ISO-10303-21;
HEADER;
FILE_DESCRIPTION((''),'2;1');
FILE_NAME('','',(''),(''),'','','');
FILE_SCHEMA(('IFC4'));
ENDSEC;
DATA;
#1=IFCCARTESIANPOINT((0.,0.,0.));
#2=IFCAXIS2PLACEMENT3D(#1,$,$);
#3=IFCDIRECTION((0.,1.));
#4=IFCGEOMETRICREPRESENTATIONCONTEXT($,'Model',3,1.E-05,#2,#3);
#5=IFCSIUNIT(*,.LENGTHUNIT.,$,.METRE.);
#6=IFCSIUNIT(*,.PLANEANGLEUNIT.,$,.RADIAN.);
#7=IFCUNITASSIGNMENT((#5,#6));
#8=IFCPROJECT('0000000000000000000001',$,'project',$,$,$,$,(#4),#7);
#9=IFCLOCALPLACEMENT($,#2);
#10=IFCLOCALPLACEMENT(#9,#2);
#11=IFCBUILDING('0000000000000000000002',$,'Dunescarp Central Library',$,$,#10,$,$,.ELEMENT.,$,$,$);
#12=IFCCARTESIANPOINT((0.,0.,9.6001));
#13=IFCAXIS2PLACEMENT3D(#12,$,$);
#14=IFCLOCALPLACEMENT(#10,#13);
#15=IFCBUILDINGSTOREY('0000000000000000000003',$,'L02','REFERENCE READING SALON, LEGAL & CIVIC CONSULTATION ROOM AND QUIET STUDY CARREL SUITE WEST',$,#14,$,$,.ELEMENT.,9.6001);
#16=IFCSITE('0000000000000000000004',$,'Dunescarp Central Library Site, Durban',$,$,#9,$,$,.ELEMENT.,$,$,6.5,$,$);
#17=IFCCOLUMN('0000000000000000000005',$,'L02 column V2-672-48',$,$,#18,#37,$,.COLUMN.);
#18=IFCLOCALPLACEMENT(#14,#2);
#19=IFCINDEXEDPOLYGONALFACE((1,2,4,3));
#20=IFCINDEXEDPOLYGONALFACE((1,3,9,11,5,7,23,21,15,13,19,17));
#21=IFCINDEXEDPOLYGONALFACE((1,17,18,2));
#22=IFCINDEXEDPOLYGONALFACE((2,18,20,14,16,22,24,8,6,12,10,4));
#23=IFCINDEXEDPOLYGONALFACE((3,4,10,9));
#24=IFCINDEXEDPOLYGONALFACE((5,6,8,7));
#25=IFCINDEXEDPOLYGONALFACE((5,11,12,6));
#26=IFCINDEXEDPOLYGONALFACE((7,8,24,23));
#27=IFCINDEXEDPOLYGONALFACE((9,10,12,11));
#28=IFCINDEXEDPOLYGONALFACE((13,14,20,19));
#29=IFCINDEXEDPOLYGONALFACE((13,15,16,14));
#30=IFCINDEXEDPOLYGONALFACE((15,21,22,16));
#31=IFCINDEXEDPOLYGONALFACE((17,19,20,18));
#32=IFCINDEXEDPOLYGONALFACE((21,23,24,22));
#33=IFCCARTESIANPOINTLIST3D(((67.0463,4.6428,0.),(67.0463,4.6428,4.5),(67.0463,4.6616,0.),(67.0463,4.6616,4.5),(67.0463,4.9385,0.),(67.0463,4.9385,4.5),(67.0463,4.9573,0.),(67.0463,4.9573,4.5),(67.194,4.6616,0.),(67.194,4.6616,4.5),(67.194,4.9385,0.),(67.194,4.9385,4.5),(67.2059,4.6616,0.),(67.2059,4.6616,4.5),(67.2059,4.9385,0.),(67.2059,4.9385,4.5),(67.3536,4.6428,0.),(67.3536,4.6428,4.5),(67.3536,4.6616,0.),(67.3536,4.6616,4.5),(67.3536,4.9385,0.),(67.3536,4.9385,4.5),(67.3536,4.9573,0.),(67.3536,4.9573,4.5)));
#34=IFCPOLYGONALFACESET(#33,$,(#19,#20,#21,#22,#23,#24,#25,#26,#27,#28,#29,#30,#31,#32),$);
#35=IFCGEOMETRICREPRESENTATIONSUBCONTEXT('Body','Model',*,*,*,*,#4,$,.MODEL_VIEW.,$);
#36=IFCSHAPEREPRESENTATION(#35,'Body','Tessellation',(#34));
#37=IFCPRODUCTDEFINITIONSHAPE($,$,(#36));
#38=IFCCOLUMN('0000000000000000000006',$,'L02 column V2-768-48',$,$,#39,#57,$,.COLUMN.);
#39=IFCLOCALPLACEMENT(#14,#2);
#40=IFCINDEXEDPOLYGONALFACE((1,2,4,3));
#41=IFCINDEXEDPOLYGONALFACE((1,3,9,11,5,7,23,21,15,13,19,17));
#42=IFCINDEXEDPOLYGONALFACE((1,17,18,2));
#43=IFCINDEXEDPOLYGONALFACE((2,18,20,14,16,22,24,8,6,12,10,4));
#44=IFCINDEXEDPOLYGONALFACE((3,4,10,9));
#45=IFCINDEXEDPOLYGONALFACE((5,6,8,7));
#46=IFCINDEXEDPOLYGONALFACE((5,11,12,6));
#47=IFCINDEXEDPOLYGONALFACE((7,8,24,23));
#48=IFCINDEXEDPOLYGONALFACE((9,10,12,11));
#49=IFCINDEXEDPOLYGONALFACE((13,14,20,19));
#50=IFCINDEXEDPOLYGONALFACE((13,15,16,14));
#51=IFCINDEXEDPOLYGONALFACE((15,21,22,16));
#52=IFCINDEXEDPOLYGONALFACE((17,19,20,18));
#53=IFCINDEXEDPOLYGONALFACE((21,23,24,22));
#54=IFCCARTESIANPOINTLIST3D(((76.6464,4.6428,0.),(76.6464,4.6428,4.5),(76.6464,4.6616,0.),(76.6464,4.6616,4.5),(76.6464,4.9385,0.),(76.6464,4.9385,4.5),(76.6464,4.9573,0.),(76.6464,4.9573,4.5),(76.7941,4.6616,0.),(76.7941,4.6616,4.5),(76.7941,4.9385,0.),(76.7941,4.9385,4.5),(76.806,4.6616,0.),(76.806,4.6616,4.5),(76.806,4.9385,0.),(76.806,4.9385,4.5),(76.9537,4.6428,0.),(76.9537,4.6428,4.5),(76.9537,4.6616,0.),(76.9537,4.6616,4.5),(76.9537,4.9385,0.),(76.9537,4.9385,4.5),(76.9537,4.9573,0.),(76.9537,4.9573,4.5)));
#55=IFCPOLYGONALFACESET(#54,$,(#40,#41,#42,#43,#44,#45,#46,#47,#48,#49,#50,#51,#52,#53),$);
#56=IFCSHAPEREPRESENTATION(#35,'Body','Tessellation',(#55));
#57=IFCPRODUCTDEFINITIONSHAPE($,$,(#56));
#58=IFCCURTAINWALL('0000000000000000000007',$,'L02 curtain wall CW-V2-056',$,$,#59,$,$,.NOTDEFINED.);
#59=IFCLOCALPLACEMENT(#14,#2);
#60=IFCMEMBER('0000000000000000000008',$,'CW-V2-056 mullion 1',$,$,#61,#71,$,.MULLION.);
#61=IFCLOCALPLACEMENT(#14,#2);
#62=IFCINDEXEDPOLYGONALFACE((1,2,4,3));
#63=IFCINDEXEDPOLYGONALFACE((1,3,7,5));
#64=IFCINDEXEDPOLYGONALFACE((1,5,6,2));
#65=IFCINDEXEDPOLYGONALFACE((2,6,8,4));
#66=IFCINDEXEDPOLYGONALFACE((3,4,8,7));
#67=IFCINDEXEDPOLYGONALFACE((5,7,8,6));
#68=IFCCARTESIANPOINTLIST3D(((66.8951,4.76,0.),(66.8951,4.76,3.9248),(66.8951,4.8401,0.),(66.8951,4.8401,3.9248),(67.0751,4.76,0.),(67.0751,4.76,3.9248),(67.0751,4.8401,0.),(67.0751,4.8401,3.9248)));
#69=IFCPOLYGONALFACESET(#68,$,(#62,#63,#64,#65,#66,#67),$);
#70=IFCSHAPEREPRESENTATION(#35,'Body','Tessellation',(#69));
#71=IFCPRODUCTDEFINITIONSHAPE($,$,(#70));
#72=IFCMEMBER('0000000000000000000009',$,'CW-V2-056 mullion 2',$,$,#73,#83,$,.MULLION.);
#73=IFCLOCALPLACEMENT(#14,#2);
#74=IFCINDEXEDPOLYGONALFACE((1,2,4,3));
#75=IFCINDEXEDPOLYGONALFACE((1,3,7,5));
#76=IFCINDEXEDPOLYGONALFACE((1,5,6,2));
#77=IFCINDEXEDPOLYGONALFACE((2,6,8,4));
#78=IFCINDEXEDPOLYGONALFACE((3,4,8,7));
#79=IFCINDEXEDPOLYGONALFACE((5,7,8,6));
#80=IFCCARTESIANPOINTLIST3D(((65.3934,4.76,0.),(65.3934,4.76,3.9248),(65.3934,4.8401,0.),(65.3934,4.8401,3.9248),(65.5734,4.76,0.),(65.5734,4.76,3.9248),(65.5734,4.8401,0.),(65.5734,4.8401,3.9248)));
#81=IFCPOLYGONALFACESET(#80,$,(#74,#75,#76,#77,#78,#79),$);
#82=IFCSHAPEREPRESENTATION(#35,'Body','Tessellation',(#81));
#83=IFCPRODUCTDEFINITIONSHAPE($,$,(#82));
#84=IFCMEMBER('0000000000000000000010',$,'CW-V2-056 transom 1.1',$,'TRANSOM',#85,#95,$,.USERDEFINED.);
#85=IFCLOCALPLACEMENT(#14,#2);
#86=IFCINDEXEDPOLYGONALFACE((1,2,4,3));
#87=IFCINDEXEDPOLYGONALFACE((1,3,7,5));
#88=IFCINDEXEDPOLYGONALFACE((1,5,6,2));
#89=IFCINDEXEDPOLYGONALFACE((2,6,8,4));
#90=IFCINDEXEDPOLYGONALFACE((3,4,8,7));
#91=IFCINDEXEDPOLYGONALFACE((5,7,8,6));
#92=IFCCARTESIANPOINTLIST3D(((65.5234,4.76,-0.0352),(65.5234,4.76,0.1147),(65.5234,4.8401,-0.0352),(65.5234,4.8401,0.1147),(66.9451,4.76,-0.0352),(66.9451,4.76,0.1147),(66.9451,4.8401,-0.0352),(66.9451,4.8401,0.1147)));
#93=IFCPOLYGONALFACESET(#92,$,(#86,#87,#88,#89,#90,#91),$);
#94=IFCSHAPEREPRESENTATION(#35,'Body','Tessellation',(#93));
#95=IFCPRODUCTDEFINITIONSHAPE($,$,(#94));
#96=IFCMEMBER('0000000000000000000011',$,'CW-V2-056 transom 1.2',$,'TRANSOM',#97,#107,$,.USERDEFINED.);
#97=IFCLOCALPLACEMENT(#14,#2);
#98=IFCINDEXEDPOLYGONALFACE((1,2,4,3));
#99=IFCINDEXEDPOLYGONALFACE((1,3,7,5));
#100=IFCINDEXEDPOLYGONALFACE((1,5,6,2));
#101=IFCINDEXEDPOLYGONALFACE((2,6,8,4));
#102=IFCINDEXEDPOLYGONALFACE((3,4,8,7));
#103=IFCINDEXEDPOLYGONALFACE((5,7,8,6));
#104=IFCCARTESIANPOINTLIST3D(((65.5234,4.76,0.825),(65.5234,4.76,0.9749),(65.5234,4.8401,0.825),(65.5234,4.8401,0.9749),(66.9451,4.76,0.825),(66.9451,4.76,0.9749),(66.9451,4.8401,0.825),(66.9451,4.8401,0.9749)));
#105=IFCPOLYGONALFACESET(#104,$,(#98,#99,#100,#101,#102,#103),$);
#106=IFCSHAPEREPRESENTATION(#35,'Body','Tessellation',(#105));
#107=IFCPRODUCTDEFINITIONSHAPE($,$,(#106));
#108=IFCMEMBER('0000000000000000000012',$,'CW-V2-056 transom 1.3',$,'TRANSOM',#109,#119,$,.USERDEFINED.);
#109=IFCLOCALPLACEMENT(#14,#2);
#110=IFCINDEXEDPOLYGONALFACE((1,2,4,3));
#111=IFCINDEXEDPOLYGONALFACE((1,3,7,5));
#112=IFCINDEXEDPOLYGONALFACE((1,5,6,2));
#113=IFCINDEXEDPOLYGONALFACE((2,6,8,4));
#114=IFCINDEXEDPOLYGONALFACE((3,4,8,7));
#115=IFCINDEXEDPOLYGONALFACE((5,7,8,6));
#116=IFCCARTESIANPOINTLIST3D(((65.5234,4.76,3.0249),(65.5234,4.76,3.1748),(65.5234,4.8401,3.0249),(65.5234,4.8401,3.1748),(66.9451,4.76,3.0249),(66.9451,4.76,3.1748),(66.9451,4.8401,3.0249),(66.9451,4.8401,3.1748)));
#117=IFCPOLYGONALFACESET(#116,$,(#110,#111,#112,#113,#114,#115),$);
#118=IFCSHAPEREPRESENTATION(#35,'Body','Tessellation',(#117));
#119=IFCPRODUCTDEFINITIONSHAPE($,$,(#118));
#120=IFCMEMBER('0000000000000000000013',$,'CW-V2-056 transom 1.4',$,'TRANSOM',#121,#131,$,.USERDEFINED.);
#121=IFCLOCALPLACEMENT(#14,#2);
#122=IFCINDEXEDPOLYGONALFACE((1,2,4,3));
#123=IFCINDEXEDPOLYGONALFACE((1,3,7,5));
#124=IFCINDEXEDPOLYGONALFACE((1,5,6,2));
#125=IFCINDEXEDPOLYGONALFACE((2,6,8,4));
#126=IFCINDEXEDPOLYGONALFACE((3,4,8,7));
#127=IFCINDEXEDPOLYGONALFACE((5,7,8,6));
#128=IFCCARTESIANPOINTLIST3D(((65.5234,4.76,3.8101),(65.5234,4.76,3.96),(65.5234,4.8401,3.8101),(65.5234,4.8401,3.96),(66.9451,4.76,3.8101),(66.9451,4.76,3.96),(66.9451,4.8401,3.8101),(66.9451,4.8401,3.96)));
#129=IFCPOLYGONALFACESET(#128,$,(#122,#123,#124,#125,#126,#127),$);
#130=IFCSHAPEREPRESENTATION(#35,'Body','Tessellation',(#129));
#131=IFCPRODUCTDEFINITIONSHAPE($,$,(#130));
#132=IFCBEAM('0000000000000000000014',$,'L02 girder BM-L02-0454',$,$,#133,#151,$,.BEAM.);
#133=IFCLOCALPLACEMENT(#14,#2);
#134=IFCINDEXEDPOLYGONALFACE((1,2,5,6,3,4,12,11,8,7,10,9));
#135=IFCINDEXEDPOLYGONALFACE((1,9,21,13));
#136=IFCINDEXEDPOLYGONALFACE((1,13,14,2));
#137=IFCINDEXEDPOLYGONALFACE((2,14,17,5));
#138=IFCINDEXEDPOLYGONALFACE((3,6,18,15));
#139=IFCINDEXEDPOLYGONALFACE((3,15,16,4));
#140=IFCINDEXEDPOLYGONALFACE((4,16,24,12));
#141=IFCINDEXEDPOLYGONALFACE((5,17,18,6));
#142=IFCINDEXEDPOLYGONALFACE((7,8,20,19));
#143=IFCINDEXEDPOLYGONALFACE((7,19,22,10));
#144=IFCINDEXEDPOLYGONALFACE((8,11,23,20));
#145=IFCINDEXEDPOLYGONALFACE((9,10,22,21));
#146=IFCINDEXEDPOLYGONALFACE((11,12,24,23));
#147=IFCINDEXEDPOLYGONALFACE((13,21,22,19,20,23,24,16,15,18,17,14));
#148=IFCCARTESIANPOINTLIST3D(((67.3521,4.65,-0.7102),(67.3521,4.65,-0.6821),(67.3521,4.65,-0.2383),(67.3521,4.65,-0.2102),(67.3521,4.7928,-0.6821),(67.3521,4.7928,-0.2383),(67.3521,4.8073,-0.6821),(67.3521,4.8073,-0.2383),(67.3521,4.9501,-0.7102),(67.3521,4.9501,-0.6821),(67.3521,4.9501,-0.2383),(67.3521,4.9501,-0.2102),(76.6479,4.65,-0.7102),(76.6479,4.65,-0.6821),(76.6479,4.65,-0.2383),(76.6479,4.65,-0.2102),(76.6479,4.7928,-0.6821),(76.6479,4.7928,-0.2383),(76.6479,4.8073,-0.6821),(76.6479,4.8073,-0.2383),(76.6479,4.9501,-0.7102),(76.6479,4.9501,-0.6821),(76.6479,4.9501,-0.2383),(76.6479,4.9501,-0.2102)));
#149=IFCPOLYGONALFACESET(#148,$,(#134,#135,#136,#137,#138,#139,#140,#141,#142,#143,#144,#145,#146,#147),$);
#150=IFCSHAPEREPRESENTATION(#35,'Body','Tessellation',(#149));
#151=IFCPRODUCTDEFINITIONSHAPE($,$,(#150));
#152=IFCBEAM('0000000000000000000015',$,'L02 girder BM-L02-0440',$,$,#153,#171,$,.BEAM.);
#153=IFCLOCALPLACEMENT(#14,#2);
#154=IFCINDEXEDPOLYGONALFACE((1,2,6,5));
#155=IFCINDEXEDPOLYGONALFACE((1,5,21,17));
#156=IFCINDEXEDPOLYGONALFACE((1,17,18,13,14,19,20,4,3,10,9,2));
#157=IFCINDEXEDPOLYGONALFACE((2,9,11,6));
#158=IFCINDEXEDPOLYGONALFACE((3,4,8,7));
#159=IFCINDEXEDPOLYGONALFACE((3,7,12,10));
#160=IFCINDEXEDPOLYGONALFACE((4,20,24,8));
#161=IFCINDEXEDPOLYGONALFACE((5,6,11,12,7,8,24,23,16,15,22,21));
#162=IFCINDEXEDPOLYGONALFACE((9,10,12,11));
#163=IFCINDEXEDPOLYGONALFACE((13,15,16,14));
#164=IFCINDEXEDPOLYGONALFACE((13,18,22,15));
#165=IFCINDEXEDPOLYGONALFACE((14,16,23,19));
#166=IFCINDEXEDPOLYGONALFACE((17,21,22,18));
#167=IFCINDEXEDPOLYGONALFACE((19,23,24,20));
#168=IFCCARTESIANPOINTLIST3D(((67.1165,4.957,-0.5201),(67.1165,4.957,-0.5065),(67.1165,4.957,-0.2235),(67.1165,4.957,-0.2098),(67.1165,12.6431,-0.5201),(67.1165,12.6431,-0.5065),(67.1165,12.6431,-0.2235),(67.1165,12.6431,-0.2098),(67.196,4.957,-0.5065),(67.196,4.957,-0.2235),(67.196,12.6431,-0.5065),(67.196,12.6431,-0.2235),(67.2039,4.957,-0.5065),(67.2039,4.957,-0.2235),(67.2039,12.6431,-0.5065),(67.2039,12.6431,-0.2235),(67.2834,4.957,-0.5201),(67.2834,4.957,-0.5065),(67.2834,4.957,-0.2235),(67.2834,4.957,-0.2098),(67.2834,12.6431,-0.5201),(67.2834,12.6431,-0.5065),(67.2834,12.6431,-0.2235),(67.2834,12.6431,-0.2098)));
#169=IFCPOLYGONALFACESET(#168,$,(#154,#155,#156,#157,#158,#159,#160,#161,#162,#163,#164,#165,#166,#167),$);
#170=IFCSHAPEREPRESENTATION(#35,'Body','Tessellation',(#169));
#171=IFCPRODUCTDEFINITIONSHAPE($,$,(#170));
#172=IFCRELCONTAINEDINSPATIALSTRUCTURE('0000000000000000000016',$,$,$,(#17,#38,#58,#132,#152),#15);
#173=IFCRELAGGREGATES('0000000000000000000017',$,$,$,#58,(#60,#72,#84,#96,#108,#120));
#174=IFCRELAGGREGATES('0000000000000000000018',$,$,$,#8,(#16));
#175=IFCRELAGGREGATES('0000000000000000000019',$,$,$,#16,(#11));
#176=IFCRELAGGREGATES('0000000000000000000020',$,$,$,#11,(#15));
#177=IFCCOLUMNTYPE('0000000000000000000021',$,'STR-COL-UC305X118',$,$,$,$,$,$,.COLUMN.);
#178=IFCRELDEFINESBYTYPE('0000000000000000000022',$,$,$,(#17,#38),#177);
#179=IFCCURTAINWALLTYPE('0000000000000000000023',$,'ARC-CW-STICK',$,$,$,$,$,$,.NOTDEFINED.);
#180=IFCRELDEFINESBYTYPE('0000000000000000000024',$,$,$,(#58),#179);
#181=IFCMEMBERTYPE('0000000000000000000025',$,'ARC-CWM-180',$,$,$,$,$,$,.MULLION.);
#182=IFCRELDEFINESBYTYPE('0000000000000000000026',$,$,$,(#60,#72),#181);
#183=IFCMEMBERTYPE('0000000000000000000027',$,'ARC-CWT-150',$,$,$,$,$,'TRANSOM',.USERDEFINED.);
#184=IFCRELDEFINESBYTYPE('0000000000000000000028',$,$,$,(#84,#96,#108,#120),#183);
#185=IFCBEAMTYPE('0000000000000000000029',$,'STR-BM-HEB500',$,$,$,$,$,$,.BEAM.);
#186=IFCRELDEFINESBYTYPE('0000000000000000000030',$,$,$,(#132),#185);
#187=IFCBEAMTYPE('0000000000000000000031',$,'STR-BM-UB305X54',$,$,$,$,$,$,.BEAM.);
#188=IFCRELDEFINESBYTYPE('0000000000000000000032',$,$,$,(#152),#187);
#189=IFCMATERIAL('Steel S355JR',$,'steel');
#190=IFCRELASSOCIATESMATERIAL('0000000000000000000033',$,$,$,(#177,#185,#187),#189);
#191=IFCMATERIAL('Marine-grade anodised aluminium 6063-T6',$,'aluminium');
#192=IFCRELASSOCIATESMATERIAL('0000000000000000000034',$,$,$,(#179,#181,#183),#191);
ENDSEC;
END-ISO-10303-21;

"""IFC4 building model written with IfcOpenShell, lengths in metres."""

from ifc_helpers import new_model, si_unit, direction, frame, origin, origin_2d, place, context, subcontext, project, spatial, rectangle, i_section, extrude, material, material_profile, profile_set, type_object, element, aggregate, save


model = new_model("IFC4")

# Units and contexts
model_context = context("Model", 3, precision=1e-05, world=origin(), true_north=direction((0.0, 1.0)))
body_context = subcontext(model_context, "Body", "Model", "MODEL_VIEW")
ifc_project = project(units=[si_unit("LENGTHUNIT", "METRE"), si_unit("PLANEANGLEUNIT", "RADIAN")], contexts=[model_context])

# Site, building, storey
site_placement = place(None, origin())
site = spatial("IfcSite", under=ifc_project, at=site_placement, Name="Dunescarp Central Library Site, Durban", CompositionType="ELEMENT", RefElevation=6.5)
building_placement = place(site_placement, origin())
building = spatial("IfcBuilding", under=site, at=building_placement, Name="Dunescarp Central Library", CompositionType="ELEMENT")
storey_placement = place(building_placement, frame((0.0, 0.0, 9.6001)))
storey = spatial("IfcBuildingStorey", under=building, at=storey_placement, Name="L02", Description="REFERENCE READING SALON, LEGAL & CIVIC CONSULTATION ROOM AND QUIET STUDY CARREL SUITE WEST", CompositionType="ELEMENT", Elevation=9.6001)

# Columns
ifc_material_1 = material(Name="Steel S355JR", Category="steel")
ifc_material_profile_1 = material_profile(ifc_material_1, i_section(OverallWidth=0.3074, OverallDepth=0.3145, WebThickness=0.012, FlangeThickness=0.0188, at=origin_2d()), Name="UC 305x305x118")
ifc_profile_set_1 = profile_set([ifc_material_profile_1], Name="Steel S355JR")
column_type = type_object("IfcColumnType", Name="STR-COL-UC305X118", PredefinedType="COLUMN", material=ifc_profile_set_1)
for number, where, z_axis, x_axis, name in (
    (1, (67.2, 4.8, 0.0), (0.0, 0.0, 1.0), (1.0, 0.0, 0.0), "L02 column V2-672-48"),
    (2, (76.8, 4.8, 0.0), (0.0, 0.0, 1.0), (1.0, 0.0, 0.0), "L02 column V2-768-48"),
):
    element("IfcColumn", number, at=place(storey_placement, frame(where, z_axis=z_axis, x_axis=x_axis)), inside=storey, type_object=column_type, Name=name, PredefinedType="COLUMN", context=body_context, shape_type="SweptSolid", body=[
        extrude(i_section(OverallWidth=0.3074, OverallDepth=0.3145, WebThickness=0.012, FlangeThickness=0.0188, at=origin_2d()), origin(), (0.0, 0.0, 1.0), 4.5),
    ])

# Curtain wall, members
ifc_material_2 = material(Name="Marine-grade anodised aluminium 6063-T6", Category="aluminium")
curtain_wall_type = type_object("IfcCurtainWallType", Name="ARC-CW-STICK", PredefinedType="NOTDEFINED", material=ifc_material_2)
curtain_wall_placement = place(storey_placement, origin())
curtain_wall = element("IfcCurtainWall", 3, at=curtain_wall_placement, inside=storey, type_object=curtain_wall_type, Name="L02 curtain wall CW-V2-056", PredefinedType="NOTDEFINED")
ifc_material_profile_2 = material_profile(ifc_material_2, rectangle(XDim=0.0801, YDim=0.1799, at=origin_2d()), Name="AL 80x180")
ifc_profile_set_2 = profile_set([ifc_material_profile_2], Name="Marine-grade anodised aluminium 6063-T6")
member_type_1 = type_object("IfcMemberType", Name="ARC-CWM-180", PredefinedType="MULLION", material=ifc_profile_set_2)
member_1_placement = place(storey_placement, frame((66.9851, 4.8, 0.0), z_axis=(0.0, 0.0, 1.0), x_axis=(0.0, -1.0, 0.0)))
member_1 = element("IfcMember", 4, at=member_1_placement, type_object=member_type_1, Name="CW-V2-056 mullion 1", PredefinedType="MULLION", context=body_context, shape_type="SweptSolid", body=[
    extrude(rectangle(XDim=0.0801, YDim=0.1799, at=origin_2d()), origin(), (0.0, 0.0, 1.0), 3.9248),
])
member_2_placement = place(storey_placement, frame((65.4834, 4.8, 0.0), z_axis=(0.0, 0.0, 1.0), x_axis=(0.0, -1.0, 0.0)))
member_2 = element("IfcMember", 5, at=member_2_placement, type_object=member_type_1, Name="CW-V2-056 mullion 2", PredefinedType="MULLION", context=body_context, shape_type="SweptSolid", body=[
    extrude(rectangle(XDim=0.0801, YDim=0.1799, at=origin_2d()), origin(), (0.0, 0.0, 1.0), 3.9248),
])
ifc_material_profile_3 = material_profile(ifc_material_2, rectangle(XDim=0.0801, YDim=0.1499, at=origin_2d()), Name="AL 80x150")
ifc_profile_set_3 = profile_set([ifc_material_profile_3], Name="Marine-grade anodised aluminium 6063-T6")
member_type_2 = type_object("IfcMemberType", Name="ARC-CWT-150", ElementType="TRANSOM", PredefinedType="USERDEFINED", material=ifc_profile_set_3)
member_3_placement = place(storey_placement, frame((66.9451, 4.8, 0.0398), z_axis=(-1.0, 0.0, 0.0), x_axis=(0.0, -1.0, 0.0)))
member_3 = element("IfcMember", 6, at=member_3_placement, type_object=member_type_2, Name="CW-V2-056 transom 1.1", ObjectType="TRANSOM", PredefinedType="USERDEFINED", context=body_context, shape_type="SweptSolid", body=[
    extrude(rectangle(XDim=0.0801, YDim=0.1499, at=origin_2d()), origin(), (0.0, 0.0, 1.0), 1.4216),
])
member_4_placement = place(storey_placement, frame((66.9451, 4.8, 0.8999), z_axis=(-1.0, 0.0, 0.0), x_axis=(0.0, -1.0, 0.0)))
member_4 = element("IfcMember", 7, at=member_4_placement, type_object=member_type_2, Name="CW-V2-056 transom 1.2", ObjectType="TRANSOM", PredefinedType="USERDEFINED", context=body_context, shape_type="SweptSolid", body=[
    extrude(rectangle(XDim=0.0801, YDim=0.1499, at=origin_2d()), origin(), (0.0, 0.0, 1.0), 1.4216),
])
member_5_placement = place(storey_placement, frame((66.9451, 4.8, 3.0999), z_axis=(-1.0, 0.0, 0.0), x_axis=(0.0, -1.0, 0.0)))
member_5 = element("IfcMember", 8, at=member_5_placement, type_object=member_type_2, Name="CW-V2-056 transom 1.3", ObjectType="TRANSOM", PredefinedType="USERDEFINED", context=body_context, shape_type="SweptSolid", body=[
    extrude(rectangle(XDim=0.0801, YDim=0.1499, at=origin_2d()), origin(), (0.0, 0.0, 1.0), 1.4216),
])
member_6_placement = place(storey_placement, frame((66.9451, 4.8, 3.885), z_axis=(-1.0, 0.0, 0.0), x_axis=(0.0, -1.0, 0.0)))
member_6 = element("IfcMember", 9, at=member_6_placement, type_object=member_type_2, Name="CW-V2-056 transom 1.4", ObjectType="TRANSOM", PredefinedType="USERDEFINED", context=body_context, shape_type="SweptSolid", body=[
    extrude(rectangle(XDim=0.0801, YDim=0.1499, at=origin_2d()), origin(), (0.0, 0.0, 1.0), 1.4216),
])

# Beams
ifc_material_profile_4 = material_profile(ifc_material_1, i_section(OverallWidth=0.3, OverallDepth=0.5, WebThickness=0.0144, FlangeThickness=0.0281, at=origin_2d()), Name="HEB 500")
ifc_profile_set_4 = profile_set([ifc_material_profile_4], Name="Steel S355JR")
beam_type_1 = type_object("IfcBeamType", Name="STR-BM-HEB500", PredefinedType="BEAM", material=ifc_profile_set_4)
beam_1_placement = place(storey_placement, frame((67.3521, 4.8, -0.4602), z_axis=(1.0, 0.0, 0.0), x_axis=(0.0, 1.0, 0.0)))
element("IfcBeam", 10, at=beam_1_placement, inside=storey, type_object=beam_type_1, Name="L02 girder BM-L02-0454", PredefinedType="BEAM", context=body_context, shape_type="SweptSolid", body=[
    extrude(i_section(OverallWidth=0.3, OverallDepth=0.5, WebThickness=0.0144, FlangeThickness=0.0281, at=origin_2d()), origin(), (0.0, 0.0, 1.0), 9.2959),
])
ifc_material_profile_5 = material_profile(ifc_material_1, i_section(OverallWidth=0.167, OverallDepth=0.3103, WebThickness=0.0078, FlangeThickness=0.0137, at=origin_2d()), Name="UB 305x165x54")
ifc_profile_set_5 = profile_set([ifc_material_profile_5], Name="Steel S355JR")
beam_type_2 = type_object("IfcBeamType", Name="STR-BM-UB305X54", PredefinedType="BEAM", material=ifc_profile_set_5)
beam_2_placement = place(storey_placement, frame((67.2, 4.957, -0.365), z_axis=(0.0, 1.0, 0.0), x_axis=(-1.0, 0.0, 0.0)))
element("IfcBeam", 11, at=beam_2_placement, inside=storey, type_object=beam_type_2, Name="L02 girder BM-L02-0440", PredefinedType="BEAM", context=body_context, shape_type="SweptSolid", body=[
    extrude(i_section(OverallWidth=0.167, OverallDepth=0.3103, WebThickness=0.0078, FlangeThickness=0.0137, at=origin_2d()), origin(), (0.0, 0.0, 1.0), 7.686),
])

aggregate(curtain_wall, [member_1, member_2, member_3, member_4, member_5, member_6])

save(model, "model.ifc")
